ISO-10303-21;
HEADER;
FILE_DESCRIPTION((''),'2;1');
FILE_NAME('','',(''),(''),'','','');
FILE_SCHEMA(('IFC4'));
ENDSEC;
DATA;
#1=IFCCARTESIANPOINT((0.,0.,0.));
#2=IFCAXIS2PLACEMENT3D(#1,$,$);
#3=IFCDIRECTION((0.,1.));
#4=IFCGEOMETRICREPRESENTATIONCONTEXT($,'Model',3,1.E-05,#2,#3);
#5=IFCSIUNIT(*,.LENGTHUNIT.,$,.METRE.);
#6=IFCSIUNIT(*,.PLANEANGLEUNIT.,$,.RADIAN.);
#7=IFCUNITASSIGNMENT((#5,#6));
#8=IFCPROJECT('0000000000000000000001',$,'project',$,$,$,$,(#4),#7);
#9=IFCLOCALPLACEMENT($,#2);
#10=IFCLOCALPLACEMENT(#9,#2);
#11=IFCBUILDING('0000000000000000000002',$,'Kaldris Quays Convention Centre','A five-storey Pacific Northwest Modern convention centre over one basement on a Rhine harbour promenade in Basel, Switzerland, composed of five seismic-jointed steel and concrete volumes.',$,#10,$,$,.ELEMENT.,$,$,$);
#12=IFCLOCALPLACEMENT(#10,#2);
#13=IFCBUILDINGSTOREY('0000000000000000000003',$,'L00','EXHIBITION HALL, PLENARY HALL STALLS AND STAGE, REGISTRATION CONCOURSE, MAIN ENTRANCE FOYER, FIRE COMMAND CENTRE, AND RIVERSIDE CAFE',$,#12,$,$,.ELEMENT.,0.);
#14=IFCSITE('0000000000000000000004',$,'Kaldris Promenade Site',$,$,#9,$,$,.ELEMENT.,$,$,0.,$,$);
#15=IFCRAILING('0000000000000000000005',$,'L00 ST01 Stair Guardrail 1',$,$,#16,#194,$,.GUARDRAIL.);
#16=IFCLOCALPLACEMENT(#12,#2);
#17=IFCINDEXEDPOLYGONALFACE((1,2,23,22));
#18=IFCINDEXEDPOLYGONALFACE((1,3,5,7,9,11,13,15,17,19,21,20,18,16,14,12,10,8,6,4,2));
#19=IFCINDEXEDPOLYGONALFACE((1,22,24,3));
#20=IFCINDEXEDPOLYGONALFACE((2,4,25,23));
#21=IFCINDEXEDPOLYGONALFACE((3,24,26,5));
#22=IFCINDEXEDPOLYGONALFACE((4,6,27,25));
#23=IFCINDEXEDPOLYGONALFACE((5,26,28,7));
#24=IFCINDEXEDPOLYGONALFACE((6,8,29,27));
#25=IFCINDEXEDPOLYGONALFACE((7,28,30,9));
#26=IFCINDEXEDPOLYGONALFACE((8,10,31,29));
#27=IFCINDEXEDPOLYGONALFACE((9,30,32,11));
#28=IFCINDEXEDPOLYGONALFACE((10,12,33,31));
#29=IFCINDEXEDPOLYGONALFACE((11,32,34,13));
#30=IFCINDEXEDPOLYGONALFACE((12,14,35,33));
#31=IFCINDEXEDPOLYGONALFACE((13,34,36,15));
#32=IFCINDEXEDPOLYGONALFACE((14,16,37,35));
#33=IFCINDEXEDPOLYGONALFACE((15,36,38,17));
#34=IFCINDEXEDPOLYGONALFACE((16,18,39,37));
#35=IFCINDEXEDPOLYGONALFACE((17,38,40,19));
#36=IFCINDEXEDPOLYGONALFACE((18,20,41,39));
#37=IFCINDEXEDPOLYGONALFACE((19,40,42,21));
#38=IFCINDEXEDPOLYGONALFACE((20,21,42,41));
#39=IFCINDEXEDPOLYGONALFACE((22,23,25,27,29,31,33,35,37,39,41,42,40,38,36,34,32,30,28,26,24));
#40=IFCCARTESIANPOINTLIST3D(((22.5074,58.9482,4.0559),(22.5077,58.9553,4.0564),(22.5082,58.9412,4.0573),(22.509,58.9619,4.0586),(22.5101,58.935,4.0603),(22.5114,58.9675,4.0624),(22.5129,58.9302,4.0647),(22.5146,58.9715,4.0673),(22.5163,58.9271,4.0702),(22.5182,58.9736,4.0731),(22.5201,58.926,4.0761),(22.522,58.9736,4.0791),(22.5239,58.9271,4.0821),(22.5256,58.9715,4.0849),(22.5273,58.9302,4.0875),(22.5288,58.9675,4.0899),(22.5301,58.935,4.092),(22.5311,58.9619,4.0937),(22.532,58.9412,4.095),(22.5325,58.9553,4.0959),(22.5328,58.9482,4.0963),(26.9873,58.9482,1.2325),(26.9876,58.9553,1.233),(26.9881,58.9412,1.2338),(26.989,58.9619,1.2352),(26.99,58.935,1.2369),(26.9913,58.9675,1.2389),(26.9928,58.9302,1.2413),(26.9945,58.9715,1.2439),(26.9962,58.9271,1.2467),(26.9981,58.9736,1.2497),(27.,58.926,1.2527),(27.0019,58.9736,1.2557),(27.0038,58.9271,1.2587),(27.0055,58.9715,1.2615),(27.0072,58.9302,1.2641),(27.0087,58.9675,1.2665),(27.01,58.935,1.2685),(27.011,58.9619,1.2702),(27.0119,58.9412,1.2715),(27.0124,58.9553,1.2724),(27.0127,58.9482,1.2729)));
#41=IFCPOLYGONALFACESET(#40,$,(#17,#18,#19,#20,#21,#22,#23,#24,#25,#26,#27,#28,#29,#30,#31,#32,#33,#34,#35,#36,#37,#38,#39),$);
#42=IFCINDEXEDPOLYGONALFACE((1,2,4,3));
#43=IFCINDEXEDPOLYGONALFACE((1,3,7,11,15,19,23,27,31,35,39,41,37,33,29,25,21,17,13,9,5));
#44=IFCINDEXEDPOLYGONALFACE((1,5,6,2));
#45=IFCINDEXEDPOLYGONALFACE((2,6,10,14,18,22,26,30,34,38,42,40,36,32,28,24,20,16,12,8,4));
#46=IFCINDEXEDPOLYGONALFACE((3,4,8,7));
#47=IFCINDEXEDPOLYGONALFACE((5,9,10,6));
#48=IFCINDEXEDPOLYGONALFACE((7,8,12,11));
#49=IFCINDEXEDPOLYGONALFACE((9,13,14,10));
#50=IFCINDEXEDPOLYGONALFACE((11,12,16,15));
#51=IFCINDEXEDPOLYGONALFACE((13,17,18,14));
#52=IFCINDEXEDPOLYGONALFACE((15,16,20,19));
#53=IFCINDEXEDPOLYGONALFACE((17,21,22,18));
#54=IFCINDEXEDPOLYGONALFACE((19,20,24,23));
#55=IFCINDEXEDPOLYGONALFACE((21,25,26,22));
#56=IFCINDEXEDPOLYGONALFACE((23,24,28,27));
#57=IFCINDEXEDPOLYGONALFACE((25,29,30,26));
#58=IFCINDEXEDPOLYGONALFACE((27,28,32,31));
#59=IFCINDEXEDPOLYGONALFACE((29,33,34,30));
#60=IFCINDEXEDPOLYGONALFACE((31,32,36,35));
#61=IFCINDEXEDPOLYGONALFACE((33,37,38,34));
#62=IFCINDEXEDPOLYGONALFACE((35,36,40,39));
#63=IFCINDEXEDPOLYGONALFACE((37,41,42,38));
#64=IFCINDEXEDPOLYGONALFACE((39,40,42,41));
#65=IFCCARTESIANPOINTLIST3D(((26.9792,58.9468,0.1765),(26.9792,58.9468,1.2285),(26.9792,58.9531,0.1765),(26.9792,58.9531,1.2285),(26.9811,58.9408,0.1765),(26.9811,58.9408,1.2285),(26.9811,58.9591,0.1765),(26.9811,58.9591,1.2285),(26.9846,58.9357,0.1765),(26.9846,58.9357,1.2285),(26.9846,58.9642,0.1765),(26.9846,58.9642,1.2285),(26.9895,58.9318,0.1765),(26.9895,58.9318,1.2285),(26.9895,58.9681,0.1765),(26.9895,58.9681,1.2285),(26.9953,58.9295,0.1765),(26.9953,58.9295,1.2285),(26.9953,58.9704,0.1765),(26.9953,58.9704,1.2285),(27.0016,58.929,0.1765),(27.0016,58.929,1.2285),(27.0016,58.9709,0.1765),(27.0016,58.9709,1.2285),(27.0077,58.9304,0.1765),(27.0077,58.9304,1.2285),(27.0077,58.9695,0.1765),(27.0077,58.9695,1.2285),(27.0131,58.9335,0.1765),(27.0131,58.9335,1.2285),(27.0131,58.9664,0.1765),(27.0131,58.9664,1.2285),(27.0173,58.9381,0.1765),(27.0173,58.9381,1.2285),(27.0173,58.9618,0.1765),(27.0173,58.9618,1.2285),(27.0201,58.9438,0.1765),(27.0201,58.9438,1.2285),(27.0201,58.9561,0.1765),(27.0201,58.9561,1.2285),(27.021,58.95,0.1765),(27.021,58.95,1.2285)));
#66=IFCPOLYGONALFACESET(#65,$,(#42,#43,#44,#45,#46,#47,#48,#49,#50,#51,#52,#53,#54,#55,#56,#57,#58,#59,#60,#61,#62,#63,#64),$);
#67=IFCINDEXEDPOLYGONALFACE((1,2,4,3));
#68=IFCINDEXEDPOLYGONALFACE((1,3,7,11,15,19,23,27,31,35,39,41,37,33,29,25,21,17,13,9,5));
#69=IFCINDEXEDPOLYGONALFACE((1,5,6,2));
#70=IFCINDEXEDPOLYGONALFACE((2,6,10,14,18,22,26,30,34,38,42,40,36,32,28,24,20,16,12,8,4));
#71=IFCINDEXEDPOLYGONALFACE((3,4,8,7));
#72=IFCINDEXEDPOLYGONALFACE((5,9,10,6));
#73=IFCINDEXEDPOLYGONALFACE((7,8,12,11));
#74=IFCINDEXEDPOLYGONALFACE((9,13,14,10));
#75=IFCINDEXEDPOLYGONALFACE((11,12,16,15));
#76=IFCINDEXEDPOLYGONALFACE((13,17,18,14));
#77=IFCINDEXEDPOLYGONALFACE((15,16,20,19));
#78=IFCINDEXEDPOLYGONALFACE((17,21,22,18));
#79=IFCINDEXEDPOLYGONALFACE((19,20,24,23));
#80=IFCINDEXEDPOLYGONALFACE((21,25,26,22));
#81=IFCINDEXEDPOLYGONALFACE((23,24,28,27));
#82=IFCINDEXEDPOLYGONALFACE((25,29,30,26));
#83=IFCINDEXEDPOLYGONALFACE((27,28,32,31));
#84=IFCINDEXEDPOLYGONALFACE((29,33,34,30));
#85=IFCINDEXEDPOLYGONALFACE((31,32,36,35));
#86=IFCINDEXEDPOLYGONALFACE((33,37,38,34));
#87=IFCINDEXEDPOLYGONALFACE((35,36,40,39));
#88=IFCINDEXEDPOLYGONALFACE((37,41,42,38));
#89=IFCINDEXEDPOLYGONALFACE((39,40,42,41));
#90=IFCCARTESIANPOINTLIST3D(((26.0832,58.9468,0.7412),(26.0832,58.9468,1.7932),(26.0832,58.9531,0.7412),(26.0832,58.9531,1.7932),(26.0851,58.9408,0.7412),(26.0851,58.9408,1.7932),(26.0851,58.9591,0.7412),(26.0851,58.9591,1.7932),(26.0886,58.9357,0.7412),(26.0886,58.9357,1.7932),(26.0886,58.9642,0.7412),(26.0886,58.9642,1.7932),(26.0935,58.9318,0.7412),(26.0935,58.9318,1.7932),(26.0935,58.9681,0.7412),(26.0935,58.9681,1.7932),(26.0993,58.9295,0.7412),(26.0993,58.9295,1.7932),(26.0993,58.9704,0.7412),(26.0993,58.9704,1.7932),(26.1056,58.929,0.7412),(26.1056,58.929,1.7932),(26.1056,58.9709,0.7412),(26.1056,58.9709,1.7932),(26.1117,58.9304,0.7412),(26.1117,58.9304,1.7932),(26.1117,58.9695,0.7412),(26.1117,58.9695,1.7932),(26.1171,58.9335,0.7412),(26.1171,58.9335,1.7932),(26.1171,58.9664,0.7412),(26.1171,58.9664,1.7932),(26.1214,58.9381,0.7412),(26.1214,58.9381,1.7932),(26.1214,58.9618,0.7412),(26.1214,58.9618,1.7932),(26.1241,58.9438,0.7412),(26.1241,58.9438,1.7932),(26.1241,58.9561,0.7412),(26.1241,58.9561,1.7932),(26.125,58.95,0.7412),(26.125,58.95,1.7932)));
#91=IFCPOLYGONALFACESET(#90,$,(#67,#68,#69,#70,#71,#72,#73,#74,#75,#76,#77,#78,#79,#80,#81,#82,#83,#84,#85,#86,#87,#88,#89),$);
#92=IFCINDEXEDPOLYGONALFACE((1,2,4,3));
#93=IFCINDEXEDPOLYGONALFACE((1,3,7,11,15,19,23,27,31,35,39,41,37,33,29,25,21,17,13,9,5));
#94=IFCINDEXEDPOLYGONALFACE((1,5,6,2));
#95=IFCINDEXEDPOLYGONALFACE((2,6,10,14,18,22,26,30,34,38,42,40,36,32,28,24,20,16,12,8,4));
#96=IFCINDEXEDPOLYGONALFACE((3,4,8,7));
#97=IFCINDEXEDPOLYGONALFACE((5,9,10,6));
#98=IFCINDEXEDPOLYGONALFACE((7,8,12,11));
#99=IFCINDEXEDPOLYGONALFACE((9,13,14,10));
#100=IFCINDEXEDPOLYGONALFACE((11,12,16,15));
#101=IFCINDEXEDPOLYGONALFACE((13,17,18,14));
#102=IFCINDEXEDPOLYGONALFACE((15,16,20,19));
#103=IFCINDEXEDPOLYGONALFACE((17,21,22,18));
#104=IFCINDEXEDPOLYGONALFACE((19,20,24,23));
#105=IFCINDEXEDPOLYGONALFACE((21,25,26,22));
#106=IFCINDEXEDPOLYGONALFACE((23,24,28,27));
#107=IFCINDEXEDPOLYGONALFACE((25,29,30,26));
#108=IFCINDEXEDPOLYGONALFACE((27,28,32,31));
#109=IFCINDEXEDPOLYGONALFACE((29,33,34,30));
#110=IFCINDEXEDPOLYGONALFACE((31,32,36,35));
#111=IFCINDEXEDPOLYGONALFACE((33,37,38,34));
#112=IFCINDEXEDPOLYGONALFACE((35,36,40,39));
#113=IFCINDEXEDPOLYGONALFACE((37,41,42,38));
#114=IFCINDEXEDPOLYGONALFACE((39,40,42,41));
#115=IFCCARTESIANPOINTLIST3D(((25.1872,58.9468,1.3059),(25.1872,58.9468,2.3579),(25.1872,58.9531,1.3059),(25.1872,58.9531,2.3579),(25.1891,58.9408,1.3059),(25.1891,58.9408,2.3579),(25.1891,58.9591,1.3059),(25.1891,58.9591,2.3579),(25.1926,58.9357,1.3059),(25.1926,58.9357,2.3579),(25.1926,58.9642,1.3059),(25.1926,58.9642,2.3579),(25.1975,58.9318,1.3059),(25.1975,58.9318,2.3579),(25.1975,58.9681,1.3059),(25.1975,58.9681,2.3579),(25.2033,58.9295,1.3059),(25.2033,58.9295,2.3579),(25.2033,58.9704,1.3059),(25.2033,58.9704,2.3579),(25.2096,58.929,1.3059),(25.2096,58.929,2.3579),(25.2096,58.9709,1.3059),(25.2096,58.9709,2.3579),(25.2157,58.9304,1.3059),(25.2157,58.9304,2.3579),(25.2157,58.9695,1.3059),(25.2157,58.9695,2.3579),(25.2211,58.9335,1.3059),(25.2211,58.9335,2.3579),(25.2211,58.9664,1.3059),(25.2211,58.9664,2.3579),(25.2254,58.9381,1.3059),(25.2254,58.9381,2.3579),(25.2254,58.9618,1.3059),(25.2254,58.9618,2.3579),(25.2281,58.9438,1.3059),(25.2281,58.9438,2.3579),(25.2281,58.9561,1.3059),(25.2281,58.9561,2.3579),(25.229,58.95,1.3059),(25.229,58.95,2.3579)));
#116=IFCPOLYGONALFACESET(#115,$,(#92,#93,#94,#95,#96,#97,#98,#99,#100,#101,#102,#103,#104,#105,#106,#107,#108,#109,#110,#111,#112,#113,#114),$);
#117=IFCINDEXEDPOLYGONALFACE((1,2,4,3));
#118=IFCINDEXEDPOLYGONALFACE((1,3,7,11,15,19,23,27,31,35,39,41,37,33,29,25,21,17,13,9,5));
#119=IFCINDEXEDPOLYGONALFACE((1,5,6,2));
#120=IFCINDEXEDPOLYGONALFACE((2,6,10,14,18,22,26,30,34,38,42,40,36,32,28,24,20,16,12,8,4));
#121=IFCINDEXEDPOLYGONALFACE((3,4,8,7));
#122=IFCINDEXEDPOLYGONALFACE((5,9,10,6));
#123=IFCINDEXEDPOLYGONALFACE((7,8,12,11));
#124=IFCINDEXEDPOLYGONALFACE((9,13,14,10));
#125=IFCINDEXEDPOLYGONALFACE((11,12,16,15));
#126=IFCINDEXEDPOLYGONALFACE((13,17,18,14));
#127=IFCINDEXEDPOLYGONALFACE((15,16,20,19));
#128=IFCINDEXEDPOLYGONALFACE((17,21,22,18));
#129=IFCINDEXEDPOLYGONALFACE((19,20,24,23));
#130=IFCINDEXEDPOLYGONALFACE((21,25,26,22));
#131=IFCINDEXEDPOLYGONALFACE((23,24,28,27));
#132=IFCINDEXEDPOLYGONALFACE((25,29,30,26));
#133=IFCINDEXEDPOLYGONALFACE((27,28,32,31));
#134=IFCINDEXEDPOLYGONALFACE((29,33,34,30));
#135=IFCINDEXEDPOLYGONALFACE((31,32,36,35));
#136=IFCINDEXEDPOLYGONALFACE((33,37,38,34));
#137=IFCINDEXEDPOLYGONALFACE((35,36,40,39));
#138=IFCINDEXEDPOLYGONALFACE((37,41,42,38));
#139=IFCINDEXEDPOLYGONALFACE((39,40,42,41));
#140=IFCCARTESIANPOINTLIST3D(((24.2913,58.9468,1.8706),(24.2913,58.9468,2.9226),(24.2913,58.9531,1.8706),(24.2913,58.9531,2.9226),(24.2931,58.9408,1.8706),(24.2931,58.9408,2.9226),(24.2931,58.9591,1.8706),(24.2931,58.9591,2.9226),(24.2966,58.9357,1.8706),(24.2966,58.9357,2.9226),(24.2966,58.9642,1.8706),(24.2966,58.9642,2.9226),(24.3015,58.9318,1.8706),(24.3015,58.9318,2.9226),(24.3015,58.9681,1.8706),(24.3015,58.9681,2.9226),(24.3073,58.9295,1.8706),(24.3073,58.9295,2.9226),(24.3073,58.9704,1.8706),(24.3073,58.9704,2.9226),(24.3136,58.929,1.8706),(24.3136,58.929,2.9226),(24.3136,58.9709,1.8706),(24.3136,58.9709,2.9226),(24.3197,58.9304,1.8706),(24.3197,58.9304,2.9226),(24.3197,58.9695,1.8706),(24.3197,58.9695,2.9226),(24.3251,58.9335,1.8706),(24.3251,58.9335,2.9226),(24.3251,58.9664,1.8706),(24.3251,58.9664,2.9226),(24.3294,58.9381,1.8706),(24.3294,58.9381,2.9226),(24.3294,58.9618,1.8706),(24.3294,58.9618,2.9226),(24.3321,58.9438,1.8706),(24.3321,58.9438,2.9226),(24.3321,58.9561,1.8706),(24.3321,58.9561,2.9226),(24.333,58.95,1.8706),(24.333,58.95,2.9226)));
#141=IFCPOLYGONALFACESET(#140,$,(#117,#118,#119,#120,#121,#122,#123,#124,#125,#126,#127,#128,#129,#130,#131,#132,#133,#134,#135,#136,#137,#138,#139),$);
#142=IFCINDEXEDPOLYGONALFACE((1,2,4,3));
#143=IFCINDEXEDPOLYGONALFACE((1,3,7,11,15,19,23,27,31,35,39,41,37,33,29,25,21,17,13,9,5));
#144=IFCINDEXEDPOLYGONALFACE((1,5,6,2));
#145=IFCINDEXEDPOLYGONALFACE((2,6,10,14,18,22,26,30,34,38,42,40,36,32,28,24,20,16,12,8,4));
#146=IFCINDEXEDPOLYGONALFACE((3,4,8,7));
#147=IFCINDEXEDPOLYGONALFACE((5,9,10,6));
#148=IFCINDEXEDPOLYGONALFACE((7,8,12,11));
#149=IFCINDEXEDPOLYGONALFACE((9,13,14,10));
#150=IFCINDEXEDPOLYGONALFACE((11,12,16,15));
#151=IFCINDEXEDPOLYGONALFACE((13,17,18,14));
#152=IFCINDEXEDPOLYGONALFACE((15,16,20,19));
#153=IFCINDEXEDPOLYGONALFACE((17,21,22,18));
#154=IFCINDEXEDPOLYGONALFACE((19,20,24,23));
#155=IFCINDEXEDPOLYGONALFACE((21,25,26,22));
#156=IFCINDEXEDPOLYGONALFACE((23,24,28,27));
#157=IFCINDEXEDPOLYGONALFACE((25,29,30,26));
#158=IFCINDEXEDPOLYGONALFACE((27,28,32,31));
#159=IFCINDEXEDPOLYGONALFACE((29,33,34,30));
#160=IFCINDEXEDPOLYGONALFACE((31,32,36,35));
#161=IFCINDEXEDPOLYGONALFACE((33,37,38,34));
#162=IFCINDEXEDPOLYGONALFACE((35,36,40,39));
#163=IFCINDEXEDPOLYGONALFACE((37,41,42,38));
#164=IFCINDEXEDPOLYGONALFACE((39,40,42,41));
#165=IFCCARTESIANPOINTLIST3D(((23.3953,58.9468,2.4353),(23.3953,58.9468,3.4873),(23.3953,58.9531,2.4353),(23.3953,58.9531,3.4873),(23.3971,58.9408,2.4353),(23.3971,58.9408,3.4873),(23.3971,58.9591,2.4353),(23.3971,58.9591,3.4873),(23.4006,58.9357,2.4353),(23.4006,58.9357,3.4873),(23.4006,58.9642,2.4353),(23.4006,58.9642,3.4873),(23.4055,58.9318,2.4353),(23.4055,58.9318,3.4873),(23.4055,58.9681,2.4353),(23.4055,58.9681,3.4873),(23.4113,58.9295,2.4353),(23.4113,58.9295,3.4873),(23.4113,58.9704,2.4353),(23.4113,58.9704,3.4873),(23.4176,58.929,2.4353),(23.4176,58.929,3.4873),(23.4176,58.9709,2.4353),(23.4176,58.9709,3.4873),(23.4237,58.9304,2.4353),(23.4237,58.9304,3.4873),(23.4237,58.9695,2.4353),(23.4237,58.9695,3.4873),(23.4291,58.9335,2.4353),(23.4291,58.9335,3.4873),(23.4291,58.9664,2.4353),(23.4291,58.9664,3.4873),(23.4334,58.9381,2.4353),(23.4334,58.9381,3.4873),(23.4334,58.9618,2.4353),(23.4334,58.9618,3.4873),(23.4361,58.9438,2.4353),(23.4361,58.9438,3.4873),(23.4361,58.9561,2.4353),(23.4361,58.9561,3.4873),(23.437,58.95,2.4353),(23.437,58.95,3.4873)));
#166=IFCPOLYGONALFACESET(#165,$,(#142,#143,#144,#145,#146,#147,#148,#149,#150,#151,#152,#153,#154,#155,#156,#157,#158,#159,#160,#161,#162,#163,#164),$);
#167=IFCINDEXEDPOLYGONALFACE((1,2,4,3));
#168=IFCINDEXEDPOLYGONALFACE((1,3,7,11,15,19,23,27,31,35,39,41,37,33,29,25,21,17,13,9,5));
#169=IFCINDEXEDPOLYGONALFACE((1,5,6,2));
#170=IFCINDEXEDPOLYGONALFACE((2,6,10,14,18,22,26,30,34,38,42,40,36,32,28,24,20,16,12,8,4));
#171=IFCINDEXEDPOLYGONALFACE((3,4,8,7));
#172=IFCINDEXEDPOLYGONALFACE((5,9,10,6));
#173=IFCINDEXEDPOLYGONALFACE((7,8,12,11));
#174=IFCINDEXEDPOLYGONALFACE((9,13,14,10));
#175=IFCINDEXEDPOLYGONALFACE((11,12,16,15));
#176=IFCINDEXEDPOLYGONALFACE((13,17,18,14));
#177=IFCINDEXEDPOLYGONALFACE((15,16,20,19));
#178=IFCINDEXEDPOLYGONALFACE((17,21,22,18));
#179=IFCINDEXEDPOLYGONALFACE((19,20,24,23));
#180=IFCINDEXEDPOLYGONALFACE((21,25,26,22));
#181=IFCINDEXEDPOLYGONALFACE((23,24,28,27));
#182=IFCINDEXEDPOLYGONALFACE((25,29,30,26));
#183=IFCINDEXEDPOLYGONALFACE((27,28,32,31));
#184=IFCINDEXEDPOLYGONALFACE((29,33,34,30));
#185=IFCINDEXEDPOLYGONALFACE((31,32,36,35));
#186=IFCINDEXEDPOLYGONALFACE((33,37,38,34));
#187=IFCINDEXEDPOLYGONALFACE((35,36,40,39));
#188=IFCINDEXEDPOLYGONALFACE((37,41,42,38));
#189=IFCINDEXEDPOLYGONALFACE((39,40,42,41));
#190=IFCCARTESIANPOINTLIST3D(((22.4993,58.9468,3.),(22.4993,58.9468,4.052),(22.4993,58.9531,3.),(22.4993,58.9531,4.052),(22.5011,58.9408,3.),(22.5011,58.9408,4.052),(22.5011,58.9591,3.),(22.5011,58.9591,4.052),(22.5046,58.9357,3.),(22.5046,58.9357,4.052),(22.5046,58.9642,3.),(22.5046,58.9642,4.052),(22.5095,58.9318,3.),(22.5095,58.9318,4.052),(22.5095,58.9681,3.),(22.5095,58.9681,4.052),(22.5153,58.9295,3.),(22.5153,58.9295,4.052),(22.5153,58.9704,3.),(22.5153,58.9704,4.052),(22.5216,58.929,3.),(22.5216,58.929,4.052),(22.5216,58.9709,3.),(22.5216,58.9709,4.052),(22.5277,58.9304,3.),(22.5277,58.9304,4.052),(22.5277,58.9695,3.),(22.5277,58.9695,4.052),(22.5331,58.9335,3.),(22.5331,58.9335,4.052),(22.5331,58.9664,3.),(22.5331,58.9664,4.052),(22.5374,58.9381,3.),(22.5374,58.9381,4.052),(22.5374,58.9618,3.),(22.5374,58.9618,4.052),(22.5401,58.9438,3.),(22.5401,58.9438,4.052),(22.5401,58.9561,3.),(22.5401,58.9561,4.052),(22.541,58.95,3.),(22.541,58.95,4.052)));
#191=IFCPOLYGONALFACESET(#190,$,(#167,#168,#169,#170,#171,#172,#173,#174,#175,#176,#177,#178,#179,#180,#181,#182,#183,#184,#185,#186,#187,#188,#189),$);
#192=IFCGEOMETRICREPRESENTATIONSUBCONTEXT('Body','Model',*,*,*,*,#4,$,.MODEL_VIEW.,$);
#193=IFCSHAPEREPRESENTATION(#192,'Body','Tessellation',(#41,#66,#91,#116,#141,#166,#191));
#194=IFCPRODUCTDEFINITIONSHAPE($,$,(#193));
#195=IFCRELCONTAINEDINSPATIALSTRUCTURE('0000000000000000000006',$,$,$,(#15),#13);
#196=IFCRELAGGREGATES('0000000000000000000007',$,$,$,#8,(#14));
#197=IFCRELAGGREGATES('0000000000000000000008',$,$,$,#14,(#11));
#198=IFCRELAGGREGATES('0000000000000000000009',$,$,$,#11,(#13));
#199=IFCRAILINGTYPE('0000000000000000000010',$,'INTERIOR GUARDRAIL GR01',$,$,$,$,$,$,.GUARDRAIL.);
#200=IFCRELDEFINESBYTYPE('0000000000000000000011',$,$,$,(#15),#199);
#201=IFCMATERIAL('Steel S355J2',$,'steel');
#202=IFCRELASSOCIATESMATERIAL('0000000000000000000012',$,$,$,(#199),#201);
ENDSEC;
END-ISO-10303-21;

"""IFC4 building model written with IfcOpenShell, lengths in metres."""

from ifc_helpers import new_model, si_unit, direction, frame, origin, origin_2d, place, context, subcontext, project, spatial, circle, extrude, material, type_object, element, save


model = new_model("IFC4")

# Units and contexts
model_context = context("Model", 3, precision=1e-05, world=origin(), true_north=direction((0.0, 1.0)))
body_context = subcontext(model_context, "Body", "Model", "MODEL_VIEW")
ifc_project = project(units=[si_unit("LENGTHUNIT", "METRE"), si_unit("PLANEANGLEUNIT", "RADIAN")], contexts=[model_context])

# Site, building, storey
site_placement = place(None, origin())
site = spatial("IfcSite", under=ifc_project, at=site_placement, Name="Kaldris Promenade Site", CompositionType="ELEMENT", RefElevation=0.0)
building_placement = place(site_placement, origin())
building = spatial("IfcBuilding", under=site, at=building_placement, Name="Kaldris Quays Convention Centre", Description="A five-storey Pacific Northwest Modern convention centre over one basement on a Rhine harbour promenade in Basel, Switzerland, composed of five seismic-jointed steel and concrete volumes.", CompositionType="ELEMENT")
storey_placement = place(building_placement, origin())
storey = spatial("IfcBuildingStorey", under=building, at=storey_placement, Name="L00", Description="EXHIBITION HALL, PLENARY HALL STALLS AND STAGE, REGISTRATION CONCOURSE, MAIN ENTRANCE FOYER, FIRE COMMAND CENTRE, AND RIVERSIDE CAFE", CompositionType="ELEMENT", Elevation=0.0)

# Shared definitions
ifc_material_1 = material(Name="Steel S355J2", Category="steel")

# Railing
railing_type_1 = type_object("IfcRailingType", Name="INTERIOR GUARDRAIL GR01", PredefinedType="GUARDRAIL", material=ifc_material_1)
railing_1_placement = place(storey_placement, frame((27.0, 58.95, 0.1765)))
element("IfcRailing", 1, at=railing_1_placement, inside=storey, type_object=railing_type_1, Name="L00 ST01 Stair Guardrail 1", PredefinedType="GUARDRAIL", context=body_context, shape_type="SweptSolid", body=[
    extrude(circle(Radius=0.0239, at=origin_2d()), frame((0.0, 0.0, 1.0762), z_axis=(-0.845998, 0.0, 0.533186), x_axis=(0.0, -1.0, 0.0)), (0.0, 0.0, 1.0), 5.2954),
    extrude(circle(Radius=0.021, at=origin_2d()), origin(), (0.0, 0.0, 1.0), 1.052),
    extrude(circle(Radius=0.021, at=origin_2d()), frame((-0.896, 0.0, 0.5647)), (0.0, 0.0, 1.0), 1.052),
    extrude(circle(Radius=0.021, at=origin_2d()), frame((-1.792, 0.0, 1.1294)), (0.0, 0.0, 1.0), 1.052),
    extrude(circle(Radius=0.021, at=origin_2d()), frame((-2.688, 0.0, 1.6941)), (0.0, 0.0, 1.0), 1.052),
    extrude(circle(Radius=0.021, at=origin_2d()), frame((-3.584, 0.0, 2.2588)), (0.0, 0.0, 1.0), 1.052),
    extrude(circle(Radius=0.021, at=origin_2d()), frame((-4.48, 0.0, 2.8235)), (0.0, 0.0, 1.0), 1.052),
])

save(model, "model.ifc")
